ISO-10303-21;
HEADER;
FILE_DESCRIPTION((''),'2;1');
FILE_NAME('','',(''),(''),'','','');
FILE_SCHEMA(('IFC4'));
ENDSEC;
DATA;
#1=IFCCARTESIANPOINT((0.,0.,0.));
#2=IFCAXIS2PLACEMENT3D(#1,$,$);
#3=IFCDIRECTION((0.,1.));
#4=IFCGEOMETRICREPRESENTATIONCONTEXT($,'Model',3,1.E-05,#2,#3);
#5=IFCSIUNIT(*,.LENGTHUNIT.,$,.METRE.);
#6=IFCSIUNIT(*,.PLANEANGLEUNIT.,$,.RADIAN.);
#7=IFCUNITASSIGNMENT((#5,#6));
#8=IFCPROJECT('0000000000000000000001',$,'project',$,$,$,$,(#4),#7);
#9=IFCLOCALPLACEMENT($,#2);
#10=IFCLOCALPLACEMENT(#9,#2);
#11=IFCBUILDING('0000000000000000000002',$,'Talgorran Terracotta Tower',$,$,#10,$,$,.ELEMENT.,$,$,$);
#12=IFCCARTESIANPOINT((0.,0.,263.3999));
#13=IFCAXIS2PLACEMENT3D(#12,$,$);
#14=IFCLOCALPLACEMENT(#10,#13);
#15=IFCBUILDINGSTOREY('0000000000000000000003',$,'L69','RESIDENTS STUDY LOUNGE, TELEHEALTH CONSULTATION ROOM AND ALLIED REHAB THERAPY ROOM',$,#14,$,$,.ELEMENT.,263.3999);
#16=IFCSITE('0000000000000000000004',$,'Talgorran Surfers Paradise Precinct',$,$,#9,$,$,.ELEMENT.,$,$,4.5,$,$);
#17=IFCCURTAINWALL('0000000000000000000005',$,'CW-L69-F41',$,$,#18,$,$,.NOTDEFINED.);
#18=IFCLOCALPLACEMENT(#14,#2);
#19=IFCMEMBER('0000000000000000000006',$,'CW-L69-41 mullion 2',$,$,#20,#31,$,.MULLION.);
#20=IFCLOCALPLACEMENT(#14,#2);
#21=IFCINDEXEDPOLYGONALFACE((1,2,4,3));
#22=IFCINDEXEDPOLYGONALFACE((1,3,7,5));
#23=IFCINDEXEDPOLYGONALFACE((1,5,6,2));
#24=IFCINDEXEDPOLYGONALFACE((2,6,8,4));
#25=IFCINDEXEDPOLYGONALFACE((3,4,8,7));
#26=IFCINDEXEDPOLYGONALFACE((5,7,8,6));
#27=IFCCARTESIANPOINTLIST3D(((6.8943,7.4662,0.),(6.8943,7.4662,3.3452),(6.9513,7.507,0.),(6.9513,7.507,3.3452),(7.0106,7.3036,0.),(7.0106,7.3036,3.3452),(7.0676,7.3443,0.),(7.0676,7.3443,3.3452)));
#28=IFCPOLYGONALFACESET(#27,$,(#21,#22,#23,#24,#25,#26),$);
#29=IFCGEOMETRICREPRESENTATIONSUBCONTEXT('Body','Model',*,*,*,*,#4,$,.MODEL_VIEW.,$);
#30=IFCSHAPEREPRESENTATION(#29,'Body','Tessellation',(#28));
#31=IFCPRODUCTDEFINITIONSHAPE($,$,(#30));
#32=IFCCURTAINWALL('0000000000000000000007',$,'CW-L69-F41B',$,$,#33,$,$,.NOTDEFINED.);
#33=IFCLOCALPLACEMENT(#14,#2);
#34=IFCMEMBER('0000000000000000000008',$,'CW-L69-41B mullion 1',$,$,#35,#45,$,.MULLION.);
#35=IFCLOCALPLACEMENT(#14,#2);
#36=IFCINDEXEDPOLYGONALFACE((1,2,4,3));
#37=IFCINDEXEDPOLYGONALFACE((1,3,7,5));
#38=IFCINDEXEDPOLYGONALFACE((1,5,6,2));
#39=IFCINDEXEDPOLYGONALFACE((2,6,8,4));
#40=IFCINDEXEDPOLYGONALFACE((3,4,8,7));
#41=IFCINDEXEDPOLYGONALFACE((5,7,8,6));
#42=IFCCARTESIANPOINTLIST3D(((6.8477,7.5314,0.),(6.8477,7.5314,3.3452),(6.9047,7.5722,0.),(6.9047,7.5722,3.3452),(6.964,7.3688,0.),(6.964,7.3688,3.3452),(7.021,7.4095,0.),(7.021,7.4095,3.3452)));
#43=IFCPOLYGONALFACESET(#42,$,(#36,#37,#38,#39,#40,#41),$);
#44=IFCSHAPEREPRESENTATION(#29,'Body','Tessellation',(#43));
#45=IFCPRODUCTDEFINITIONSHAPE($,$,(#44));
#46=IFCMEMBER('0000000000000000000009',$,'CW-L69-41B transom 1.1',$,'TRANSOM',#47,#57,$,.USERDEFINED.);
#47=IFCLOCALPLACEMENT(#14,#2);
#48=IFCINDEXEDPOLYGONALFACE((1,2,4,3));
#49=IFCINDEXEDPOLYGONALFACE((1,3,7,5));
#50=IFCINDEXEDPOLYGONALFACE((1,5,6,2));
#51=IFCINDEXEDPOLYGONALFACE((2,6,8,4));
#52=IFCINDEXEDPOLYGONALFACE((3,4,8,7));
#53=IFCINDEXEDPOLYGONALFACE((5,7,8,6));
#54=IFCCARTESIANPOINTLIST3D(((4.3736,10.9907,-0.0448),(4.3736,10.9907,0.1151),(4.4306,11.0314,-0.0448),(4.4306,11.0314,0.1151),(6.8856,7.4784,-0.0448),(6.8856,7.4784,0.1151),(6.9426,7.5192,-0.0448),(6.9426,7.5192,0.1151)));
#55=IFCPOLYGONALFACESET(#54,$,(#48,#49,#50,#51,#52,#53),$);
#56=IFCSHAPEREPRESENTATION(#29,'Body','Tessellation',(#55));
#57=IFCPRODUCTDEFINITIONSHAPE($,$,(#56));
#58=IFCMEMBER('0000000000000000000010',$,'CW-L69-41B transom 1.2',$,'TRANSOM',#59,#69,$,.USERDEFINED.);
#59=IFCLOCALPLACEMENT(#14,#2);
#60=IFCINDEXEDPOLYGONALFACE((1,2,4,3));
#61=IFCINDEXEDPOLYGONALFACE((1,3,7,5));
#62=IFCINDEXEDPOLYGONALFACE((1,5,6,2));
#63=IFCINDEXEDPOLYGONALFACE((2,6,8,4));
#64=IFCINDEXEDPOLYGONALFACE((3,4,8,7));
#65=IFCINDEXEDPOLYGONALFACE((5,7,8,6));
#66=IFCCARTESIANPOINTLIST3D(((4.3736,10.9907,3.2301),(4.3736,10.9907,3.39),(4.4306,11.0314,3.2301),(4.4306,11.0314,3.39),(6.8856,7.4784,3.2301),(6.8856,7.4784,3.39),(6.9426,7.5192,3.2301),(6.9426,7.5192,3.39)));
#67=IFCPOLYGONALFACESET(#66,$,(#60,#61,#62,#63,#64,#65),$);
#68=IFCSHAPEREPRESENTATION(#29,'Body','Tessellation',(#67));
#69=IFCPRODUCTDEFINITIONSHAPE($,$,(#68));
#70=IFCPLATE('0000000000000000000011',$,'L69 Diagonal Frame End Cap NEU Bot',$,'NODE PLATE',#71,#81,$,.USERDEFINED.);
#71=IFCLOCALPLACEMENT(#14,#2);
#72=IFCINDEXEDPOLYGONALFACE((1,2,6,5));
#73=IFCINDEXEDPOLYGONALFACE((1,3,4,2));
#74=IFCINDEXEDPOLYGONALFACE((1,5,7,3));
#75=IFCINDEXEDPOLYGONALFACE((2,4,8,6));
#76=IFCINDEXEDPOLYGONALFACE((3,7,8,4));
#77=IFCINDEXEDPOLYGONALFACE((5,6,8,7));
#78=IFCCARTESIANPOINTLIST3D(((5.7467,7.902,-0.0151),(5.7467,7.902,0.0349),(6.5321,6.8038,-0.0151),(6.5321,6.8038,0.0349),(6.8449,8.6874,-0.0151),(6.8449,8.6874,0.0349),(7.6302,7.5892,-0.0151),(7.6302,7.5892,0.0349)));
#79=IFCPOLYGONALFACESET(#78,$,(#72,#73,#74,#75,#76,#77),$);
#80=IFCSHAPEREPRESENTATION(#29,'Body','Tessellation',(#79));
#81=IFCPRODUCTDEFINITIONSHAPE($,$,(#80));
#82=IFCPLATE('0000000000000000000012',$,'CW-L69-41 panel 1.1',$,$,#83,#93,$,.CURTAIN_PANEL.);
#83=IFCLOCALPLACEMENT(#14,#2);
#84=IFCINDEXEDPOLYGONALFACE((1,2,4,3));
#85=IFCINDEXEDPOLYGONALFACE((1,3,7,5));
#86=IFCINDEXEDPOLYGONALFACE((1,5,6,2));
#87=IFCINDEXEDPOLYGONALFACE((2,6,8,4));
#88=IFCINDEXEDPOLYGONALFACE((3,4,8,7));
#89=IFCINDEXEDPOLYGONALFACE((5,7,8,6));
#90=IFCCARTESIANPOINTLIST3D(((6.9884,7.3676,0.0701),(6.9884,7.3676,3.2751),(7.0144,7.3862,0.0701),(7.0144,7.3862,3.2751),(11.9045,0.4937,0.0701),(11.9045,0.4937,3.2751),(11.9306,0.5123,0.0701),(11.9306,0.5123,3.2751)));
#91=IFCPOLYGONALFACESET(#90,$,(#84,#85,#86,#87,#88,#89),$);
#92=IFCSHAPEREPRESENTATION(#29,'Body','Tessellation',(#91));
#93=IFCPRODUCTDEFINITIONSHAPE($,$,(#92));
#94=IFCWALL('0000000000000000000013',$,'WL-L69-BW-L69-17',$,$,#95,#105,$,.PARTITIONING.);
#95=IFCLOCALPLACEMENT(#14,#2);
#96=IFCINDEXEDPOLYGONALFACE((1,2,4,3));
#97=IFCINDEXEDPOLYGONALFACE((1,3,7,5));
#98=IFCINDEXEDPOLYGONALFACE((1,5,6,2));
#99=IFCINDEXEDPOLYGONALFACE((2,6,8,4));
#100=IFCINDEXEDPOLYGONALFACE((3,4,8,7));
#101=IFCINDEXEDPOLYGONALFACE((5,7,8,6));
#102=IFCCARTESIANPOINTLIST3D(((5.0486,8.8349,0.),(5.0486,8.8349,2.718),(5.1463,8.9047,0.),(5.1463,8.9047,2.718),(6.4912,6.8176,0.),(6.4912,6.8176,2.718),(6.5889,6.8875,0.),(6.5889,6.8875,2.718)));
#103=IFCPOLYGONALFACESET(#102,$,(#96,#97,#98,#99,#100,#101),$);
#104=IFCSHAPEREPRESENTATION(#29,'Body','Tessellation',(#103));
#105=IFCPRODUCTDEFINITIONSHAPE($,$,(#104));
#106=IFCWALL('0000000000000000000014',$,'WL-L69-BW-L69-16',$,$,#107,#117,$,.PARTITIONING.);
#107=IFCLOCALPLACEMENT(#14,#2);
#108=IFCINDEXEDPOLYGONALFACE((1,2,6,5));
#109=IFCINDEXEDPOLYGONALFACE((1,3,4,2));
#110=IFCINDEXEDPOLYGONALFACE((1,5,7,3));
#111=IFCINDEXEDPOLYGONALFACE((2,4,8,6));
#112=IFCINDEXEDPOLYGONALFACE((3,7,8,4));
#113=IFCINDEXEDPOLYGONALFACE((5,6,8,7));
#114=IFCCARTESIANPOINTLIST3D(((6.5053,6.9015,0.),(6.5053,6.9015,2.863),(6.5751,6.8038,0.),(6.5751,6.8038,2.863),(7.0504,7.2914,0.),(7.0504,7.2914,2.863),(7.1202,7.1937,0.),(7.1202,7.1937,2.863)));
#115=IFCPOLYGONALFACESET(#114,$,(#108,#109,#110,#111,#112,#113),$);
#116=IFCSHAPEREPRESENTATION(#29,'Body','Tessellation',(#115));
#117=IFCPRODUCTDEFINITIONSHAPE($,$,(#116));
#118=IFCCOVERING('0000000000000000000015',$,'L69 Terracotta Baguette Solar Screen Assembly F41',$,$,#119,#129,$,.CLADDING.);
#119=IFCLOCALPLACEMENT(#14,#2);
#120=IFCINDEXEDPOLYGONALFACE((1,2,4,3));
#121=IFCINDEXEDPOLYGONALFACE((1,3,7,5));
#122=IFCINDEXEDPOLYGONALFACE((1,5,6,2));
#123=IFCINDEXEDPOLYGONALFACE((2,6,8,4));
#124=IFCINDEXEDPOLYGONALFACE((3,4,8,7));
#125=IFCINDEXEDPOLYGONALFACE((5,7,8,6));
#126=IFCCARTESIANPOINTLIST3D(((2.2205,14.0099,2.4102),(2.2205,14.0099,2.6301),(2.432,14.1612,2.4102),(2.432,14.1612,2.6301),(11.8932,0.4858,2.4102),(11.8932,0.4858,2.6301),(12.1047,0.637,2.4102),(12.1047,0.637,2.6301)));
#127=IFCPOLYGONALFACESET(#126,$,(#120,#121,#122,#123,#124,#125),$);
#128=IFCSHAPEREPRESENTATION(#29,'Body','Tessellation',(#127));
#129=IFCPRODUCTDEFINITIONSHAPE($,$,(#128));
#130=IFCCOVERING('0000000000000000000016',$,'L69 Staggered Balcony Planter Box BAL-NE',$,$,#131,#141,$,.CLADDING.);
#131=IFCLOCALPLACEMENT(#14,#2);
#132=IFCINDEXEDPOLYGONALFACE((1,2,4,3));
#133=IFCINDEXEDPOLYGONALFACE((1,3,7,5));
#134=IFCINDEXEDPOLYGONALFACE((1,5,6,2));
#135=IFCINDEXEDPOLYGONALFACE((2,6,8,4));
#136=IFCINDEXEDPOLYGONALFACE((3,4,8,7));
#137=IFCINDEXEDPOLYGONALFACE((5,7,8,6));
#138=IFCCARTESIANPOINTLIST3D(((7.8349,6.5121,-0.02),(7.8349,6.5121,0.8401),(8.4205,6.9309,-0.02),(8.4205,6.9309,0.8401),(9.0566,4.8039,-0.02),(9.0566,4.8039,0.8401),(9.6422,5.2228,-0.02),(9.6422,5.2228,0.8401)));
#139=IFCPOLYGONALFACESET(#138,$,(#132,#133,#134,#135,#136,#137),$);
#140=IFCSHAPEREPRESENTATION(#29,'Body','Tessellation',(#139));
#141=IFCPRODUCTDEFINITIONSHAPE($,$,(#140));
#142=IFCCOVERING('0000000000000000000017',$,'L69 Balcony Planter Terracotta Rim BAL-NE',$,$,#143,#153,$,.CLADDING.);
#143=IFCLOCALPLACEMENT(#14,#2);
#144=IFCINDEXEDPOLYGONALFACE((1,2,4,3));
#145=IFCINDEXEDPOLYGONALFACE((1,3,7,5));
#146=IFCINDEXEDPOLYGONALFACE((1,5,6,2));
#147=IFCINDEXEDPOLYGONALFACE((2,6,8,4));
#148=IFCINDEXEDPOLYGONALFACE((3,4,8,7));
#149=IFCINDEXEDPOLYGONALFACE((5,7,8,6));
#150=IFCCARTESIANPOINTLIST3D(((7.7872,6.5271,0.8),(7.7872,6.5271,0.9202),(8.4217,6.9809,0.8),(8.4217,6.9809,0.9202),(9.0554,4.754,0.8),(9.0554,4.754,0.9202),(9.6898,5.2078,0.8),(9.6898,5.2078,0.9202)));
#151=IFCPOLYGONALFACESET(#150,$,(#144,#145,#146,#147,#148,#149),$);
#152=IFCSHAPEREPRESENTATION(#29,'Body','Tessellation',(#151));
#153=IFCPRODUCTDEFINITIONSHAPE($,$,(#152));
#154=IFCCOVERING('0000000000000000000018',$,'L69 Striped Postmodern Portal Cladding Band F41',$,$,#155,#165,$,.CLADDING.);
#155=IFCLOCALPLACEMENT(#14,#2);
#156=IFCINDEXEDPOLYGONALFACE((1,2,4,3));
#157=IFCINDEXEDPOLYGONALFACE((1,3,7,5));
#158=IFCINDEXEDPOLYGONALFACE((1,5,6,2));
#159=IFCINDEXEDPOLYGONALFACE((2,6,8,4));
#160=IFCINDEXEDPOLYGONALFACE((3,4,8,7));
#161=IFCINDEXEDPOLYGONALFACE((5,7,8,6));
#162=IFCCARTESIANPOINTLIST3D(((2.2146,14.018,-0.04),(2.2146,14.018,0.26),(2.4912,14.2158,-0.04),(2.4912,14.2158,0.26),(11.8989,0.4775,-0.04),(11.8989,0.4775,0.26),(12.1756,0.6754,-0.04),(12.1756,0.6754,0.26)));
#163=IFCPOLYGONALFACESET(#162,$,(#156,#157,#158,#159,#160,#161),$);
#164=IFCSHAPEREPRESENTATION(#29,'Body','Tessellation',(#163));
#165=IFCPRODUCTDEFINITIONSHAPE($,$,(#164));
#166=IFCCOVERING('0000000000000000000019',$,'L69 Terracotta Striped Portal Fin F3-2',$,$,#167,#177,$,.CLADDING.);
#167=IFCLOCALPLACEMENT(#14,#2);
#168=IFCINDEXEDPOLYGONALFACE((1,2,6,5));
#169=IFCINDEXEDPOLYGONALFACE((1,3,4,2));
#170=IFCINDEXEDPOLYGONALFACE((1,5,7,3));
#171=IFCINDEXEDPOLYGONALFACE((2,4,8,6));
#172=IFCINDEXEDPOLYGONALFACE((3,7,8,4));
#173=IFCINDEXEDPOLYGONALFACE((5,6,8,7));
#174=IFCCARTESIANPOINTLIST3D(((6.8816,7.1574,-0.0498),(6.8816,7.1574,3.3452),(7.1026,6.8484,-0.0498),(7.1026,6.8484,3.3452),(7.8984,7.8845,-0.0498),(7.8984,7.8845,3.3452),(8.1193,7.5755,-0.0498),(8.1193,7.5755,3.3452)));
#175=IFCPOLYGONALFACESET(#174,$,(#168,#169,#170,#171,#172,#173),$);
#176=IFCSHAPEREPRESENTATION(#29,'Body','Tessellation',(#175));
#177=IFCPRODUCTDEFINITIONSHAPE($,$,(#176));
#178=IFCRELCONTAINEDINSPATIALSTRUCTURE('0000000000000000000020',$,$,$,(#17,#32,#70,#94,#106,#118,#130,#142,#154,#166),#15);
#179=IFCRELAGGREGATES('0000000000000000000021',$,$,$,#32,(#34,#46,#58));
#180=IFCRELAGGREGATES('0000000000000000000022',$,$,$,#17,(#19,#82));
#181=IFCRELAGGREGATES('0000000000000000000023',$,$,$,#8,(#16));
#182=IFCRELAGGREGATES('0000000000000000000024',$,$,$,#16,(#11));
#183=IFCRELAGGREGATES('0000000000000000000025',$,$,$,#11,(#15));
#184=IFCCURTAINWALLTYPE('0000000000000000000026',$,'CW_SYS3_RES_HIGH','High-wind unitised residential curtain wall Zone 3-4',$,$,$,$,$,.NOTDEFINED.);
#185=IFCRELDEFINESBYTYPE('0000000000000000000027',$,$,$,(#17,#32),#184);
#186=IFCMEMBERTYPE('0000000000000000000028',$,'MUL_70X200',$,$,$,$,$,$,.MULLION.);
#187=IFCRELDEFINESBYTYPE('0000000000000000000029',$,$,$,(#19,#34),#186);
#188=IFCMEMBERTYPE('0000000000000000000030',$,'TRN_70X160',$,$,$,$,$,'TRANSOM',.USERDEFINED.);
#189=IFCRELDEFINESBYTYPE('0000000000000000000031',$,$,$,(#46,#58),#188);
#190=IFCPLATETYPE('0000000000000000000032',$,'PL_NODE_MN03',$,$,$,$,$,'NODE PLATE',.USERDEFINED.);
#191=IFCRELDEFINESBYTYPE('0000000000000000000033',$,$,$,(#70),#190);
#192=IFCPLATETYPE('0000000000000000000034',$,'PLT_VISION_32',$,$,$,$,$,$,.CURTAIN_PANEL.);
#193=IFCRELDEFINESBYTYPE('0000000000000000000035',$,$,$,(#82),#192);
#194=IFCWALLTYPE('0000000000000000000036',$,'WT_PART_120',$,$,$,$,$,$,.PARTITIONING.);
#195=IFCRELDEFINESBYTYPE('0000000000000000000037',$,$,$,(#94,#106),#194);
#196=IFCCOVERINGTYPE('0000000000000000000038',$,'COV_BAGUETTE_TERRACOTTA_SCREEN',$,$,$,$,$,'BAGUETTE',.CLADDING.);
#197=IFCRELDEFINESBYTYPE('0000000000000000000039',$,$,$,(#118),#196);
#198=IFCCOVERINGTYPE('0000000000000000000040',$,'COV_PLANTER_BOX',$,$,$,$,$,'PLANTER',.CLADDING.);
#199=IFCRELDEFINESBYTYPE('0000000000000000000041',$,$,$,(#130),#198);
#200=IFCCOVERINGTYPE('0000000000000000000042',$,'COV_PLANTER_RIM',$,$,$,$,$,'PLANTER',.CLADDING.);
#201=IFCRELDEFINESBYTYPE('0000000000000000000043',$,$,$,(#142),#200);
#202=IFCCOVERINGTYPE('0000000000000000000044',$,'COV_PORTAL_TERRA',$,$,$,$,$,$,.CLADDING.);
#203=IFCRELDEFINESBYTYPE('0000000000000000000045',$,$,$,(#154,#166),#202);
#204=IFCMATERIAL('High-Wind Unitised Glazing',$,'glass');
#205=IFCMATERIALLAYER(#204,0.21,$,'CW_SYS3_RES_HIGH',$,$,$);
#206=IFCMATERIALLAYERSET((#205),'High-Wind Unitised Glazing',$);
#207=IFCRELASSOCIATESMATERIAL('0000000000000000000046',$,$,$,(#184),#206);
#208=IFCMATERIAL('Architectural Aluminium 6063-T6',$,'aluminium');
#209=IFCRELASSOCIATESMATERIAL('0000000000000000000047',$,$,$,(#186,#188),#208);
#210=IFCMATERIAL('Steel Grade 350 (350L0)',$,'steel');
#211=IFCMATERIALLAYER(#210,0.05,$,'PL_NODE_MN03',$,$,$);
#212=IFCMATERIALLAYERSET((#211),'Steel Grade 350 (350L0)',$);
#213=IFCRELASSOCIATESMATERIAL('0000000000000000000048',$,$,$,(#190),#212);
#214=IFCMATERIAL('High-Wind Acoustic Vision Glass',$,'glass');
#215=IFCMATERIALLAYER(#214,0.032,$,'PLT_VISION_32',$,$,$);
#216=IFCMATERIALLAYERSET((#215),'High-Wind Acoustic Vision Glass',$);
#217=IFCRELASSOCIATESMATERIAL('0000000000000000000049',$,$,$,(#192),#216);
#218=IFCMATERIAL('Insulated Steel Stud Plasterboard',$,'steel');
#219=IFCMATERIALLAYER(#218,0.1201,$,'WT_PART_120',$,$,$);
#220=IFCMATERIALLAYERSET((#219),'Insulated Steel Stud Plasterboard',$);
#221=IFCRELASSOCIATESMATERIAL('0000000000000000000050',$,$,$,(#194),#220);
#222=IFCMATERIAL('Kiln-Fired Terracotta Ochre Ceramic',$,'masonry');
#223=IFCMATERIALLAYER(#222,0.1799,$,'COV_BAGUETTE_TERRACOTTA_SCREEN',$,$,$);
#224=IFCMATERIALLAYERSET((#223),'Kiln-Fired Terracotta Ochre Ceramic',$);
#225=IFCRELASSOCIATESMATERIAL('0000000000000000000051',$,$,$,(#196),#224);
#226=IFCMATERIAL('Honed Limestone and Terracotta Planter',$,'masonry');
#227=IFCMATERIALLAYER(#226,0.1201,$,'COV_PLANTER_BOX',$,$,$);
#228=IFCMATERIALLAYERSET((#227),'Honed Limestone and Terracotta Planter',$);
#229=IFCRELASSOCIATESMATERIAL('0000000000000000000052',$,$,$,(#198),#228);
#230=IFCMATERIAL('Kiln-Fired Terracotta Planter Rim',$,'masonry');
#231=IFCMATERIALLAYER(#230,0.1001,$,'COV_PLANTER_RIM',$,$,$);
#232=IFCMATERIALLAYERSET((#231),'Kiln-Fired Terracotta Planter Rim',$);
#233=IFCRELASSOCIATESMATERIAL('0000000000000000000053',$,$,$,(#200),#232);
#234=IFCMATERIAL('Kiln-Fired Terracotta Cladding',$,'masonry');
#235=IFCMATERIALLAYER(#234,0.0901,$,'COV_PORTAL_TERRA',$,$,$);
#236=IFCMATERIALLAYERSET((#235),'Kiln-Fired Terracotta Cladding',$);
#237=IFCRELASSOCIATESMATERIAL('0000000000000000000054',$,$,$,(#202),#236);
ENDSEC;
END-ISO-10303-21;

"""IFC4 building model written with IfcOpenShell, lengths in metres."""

from ifc_helpers import new_model, si_unit, direction, frame, frame_2d, origin, origin_2d, place, context, subcontext, project, spatial, rectangle, extrude, source, transform, mapped, material, layer, layer_set, material_profile, profile_set, type_object, type_shapes, element, aggregate, save


model = new_model("IFC4")

# Units and contexts
model_context = context("Model", 3, precision=1e-05, world=origin(), true_north=direction((0.0, 1.0)))
body_context = subcontext(model_context, "Body", "Model", "MODEL_VIEW")
ifc_project = project(units=[si_unit("LENGTHUNIT", "METRE"), si_unit("PLANEANGLEUNIT", "RADIAN")], contexts=[model_context])

# Site, building, storey
site_placement = place(None, origin())
site = spatial("IfcSite", under=ifc_project, at=site_placement, Name="Talgorran Surfers Paradise Precinct", CompositionType="ELEMENT", RefElevation=4.5)
building_placement = place(site_placement, origin())
building = spatial("IfcBuilding", under=site, at=building_placement, Name="Talgorran Terracotta Tower", CompositionType="ELEMENT")
storey_placement = place(building_placement, frame((0.0, 0.0, 263.3999)))
storey = spatial("IfcBuildingStorey", under=building, at=storey_placement, Name="L69", Description="RESIDENTS STUDY LOUNGE, TELEHEALTH CONSULTATION ROOM AND ALLIED REHAB THERAPY ROOM", CompositionType="ELEMENT", Elevation=263.3999)

# Shared definitions
ifc_material_1 = material(Name="Steel Grade 350 (350L0)", Category="steel")

# Curtain wall, member
ifc_material_2 = material(Name="High-Wind Unitised Glazing", Category="glass")
ifc_layer_1 = layer(ifc_material_2, 0.21, Name="CW_SYS3_RES_HIGH")
ifc_layer_set_1 = layer_set([ifc_layer_1], Name="High-Wind Unitised Glazing")
curtain_wall_type = type_object("IfcCurtainWallType", Name="CW_SYS3_RES_HIGH", Description="High-wind unitised residential curtain wall Zone 3-4", PredefinedType="NOTDEFINED", material=ifc_layer_set_1)
curtain_wall_1_placement = place(storey_placement, origin())
curtain_wall_1 = element("IfcCurtainWall", 1, at=curtain_wall_1_placement, inside=storey, type_object=curtain_wall_type, Name="CW-L69-F41", PredefinedType="NOTDEFINED")
ifc_material_3 = material(Name="Architectural Aluminium 6063-T6", Category="aluminium")
ifc_material_profile_1 = material_profile(ifc_material_3, rectangle(XDim=0.0701, YDim=0.2, at=origin_2d()), Name="CWM70X200")
ifc_profile_set_1 = profile_set([ifc_material_profile_1], Name="Architectural Aluminium 6063-T6")
member_type_1 = type_object("IfcMemberType", Name="MUL_70X200", PredefinedType="MULLION", material=ifc_profile_set_1)
member_1_placement = place(storey_placement, frame((6.981, 7.4053, 0.0), z_axis=(0.0, 0.0, 1.0), x_axis=(-0.813382, -0.58173, 0.0)))
member_1 = element("IfcMember", 2, at=member_1_placement, type_object=member_type_1, Name="CW-L69-41 mullion 2", PredefinedType="MULLION", context=body_context, shape_type="SweptSolid", body=[
    extrude(rectangle(XDim=0.0701, YDim=0.2, at=origin_2d()), origin(), (0.0, 0.0, 1.0), 3.3452),
])

# Curtain wall, members
curtain_wall_2_placement = place(storey_placement, origin())
curtain_wall_2 = element("IfcCurtainWall", 3, at=curtain_wall_2_placement, inside=storey, type_object=curtain_wall_type, Name="CW-L69-F41B", PredefinedType="NOTDEFINED")
member_2_placement = place(storey_placement, frame((6.9343, 7.4705, 0.0), z_axis=(0.0, 0.0, 1.0), x_axis=(-0.81337, -0.581747, 0.0)))
member_2 = element("IfcMember", 4, at=member_2_placement, type_object=member_type_1, Name="CW-L69-41B mullion 1", PredefinedType="MULLION", context=body_context, shape_type="SweptSolid", body=[
    extrude(rectangle(XDim=0.0701, YDim=0.2, at=origin_2d()), origin(), (0.0, 0.0, 1.0), 3.3452),
])
ifc_material_profile_2 = material_profile(ifc_material_3, rectangle(XDim=0.0701, YDim=0.1599, at=origin_2d()), Name="CWT70X160")
ifc_profile_set_2 = profile_set([ifc_material_profile_2], Name="Architectural Aluminium 6063-T6")
member_type_2 = type_object("IfcMemberType", Name="TRN_70X160", ElementType="TRANSOM", PredefinedType="USERDEFINED", material=ifc_profile_set_2)
member_3_placement = place(storey_placement, frame((6.9141, 7.4988, 0.0352), z_axis=(-0.581735, 0.813378, 0.0), x_axis=(-0.813378, -0.581735, 0.0)))
member_3 = element("IfcMember", 5, at=member_3_placement, type_object=member_type_2, Name="CW-L69-41B transom 1.1", ObjectType="TRANSOM", PredefinedType="USERDEFINED", context=body_context, shape_type="SweptSolid", body=[
    extrude(rectangle(XDim=0.0701, YDim=0.1599, at=origin_2d()), origin(), (0.0, 0.0, 1.0), 4.3181),
])
member_4_placement = place(storey_placement, frame((6.9141, 7.4988, 3.3101), z_axis=(-0.581735, 0.813378, 0.0), x_axis=(-0.813378, -0.581735, 0.0)))
member_4 = element("IfcMember", 6, at=member_4_placement, type_object=member_type_2, Name="CW-L69-41B transom 1.2", ObjectType="TRANSOM", PredefinedType="USERDEFINED", context=body_context, shape_type="SweptSolid", body=[
    extrude(rectangle(XDim=0.0701, YDim=0.1599, at=origin_2d()), origin(), (0.0, 0.0, 1.0), 4.3181),
])
aggregate(curtain_wall_2, [member_2, member_3, member_4])

# Plates
ifc_layer_2 = layer(ifc_material_1, 0.05, Name="PL_NODE_MN03")
ifc_layer_set_2 = layer_set([ifc_layer_2], Name="Steel Grade 350 (350L0)")
plate_type_1 = type_object("IfcPlateType", Name="PL_NODE_MN03", ElementType="NODE PLATE", PredefinedType="USERDEFINED", material=ifc_layer_set_2)
plate_1_placement = place(storey_placement, frame((6.6885, 7.7456, -0.0151), z_axis=(0.0, 0.0, 1.0), x_axis=(-0.581697, 0.813405, 0.0)))
element("IfcPlate", 7, at=plate_1_placement, inside=storey, type_object=plate_type_1, Name="L69 Diagonal Frame End Cap NEU Bot", ObjectType="NODE PLATE", PredefinedType="USERDEFINED", context=body_context, shape_type="SweptSolid", body=[
    extrude(rectangle(XDim=1.3501, YDim=1.3501, at=origin_2d()), origin(), (0.0, 0.0, 1.0), 0.05),
])
ifc_material_4 = material(Name="High-Wind Acoustic Vision Glass", Category="glass")
ifc_layer_3 = layer(ifc_material_4, 0.032, Name="PLT_VISION_32")
ifc_layer_set_3 = layer_set([ifc_layer_3], Name="High-Wind Acoustic Vision Glass")
plate_type_2 = type_object("IfcPlateType", Name="PLT_VISION_32", PredefinedType="CURTAIN_PANEL", material=ifc_layer_set_3)
shared_shape = source(origin(), body_context, "Body", "SweptSolid", [
    extrude(rectangle(XDim=8.4509, YDim=0.032, at=origin_2d()), origin(), (0.0, 0.0, 1.0), 3.2051),
])
type_shapes(plate_type_2, [shared_shape])
plate_2_placement = place(storey_placement, frame((9.4595, 3.9399, 0.0701), z_axis=(0.0, 0.0, 1.0), x_axis=(-0.58173, 0.813382, 0.0)))
plate_2 = element("IfcPlate", 8, at=plate_2_placement, type_object=plate_type_2, Name="CW-L69-41 panel 1.1", PredefinedType="CURTAIN_PANEL", context=body_context, shape_type="MappedRepresentation", body=[
    mapped(shared_shape, transform((0.0, 0.0, 0.0), scale=1.0)),
])
aggregate(curtain_wall_1, [member_1, plate_2])

# Walls
ifc_material_5 = material(Name="Insulated Steel Stud Plasterboard", Category="steel")
ifc_layer_4 = layer(ifc_material_5, 0.1201, Name="WT_PART_120")
ifc_layer_set_4 = layer_set([ifc_layer_4], Name="Insulated Steel Stud Plasterboard")
wall_type = type_object("IfcWallType", Name="WT_PART_120", PredefinedType="PARTITIONING", material=ifc_layer_set_4)
wall_1_placement = place(storey_placement, frame((6.54, 6.8525, 0.0), z_axis=(0.0, 0.0, 1.0), x_axis=(-0.581685, 0.813414, 0.0)))
element("IfcWall", 9, at=wall_1_placement, inside=storey, type_object=wall_type, Name="WL-L69-BW-L69-17", PredefinedType="PARTITIONING", context=body_context, shape_type="SweptSolid", body=[
    extrude(rectangle(XDim=2.48, YDim=0.1201, at=frame_2d((1.24, 0.0))), origin(), (0.0, 0.0, 1.0), 2.718),
])
wall_2_placement = place(storey_placement, frame((7.0852, 7.2424, 0.0), z_axis=(0.0, 0.0, 1.0), x_axis=(-0.813389, -0.58172, 0.0)))
element("IfcWall", 10, at=wall_2_placement, inside=storey, type_object=wall_type, Name="WL-L69-BW-L69-16", PredefinedType="PARTITIONING", context=body_context, shape_type="SweptSolid", body=[
    extrude(rectangle(XDim=0.6702, YDim=0.1201, at=frame_2d((0.335, 0.0))), origin(), (0.0, 0.0, 1.0), 2.863),
])

# Coverings
ifc_material_6 = material(Name="Kiln-Fired Terracotta Ochre Ceramic", Category="masonry")
ifc_layer_5 = layer(ifc_material_6, 0.1799, Name="COV_BAGUETTE_TERRACOTTA_SCREEN")
ifc_layer_set_5 = layer_set([ifc_layer_5], Name="Kiln-Fired Terracotta Ochre Ceramic")
covering_type_1 = type_object("IfcCoveringType", Name="COV_BAGUETTE_TERRACOTTA_SCREEN", ElementType="BAGUETTE", PredefinedType="CLADDING", material=ifc_layer_set_5)
covering_1_placement = place(storey_placement, frame((7.1626, 7.3235, 2.4102), z_axis=(0.0, 0.0, 1.0), x_axis=(-0.58174, 0.813375, 0.0)))
element("IfcCovering", 11, at=covering_1_placement, inside=storey, type_object=covering_type_1, Name="L69 Terracotta Baguette Solar Screen Assembly F41", PredefinedType="CLADDING", context=body_context, shape_type="SweptSolid", body=[
    extrude(rectangle(XDim=16.6272, YDim=0.26, at=origin_2d()), origin(), (0.0, 0.0, 1.0), 0.22),
])
ifc_material_7 = material(Name="Honed Limestone and Terracotta Planter", Category="masonry")
ifc_layer_6 = layer(ifc_material_7, 0.1201, Name="COV_PLANTER_BOX")
ifc_layer_set_6 = layer_set([ifc_layer_6], Name="Honed Limestone and Terracotta Planter")
covering_type_2 = type_object("IfcCoveringType", Name="COV_PLANTER_BOX", ElementType="PLANTER", PredefinedType="CLADDING", material=ifc_layer_set_6)
covering_2_placement = place(storey_placement, frame((8.7385, 5.8674, -0.02), z_axis=(0.0, 0.0, 1.0), x_axis=(-0.581726, 0.813385, 0.0)))
element("IfcCovering", 12, at=covering_2_placement, inside=storey, type_object=covering_type_2, Name="L69 Staggered Balcony Planter Box BAL-NE", PredefinedType="CLADDING", context=body_context, shape_type="SweptSolid", body=[
    extrude(rectangle(XDim=2.1001, YDim=0.72, at=origin_2d()), origin(), (0.0, 0.0, 1.0), 0.8601),
])
ifc_material_8 = material(Name="Kiln-Fired Terracotta Planter Rim", Category="masonry")
ifc_layer_7 = layer(ifc_material_8, 0.1001, Name="COV_PLANTER_RIM")
ifc_layer_set_7 = layer_set([ifc_layer_7], Name="Kiln-Fired Terracotta Planter Rim")
covering_type_3 = type_object("IfcCoveringType", Name="COV_PLANTER_RIM", ElementType="PLANTER", PredefinedType="CLADDING", material=ifc_layer_set_7)
covering_3_placement = place(storey_placement, frame((8.7385, 5.8674, 0.8), z_axis=(0.0, 0.0, 1.0), x_axis=(-0.581726, 0.813385, 0.0)))
element("IfcCovering", 13, at=covering_3_placement, inside=storey, type_object=covering_type_3, Name="L69 Balcony Planter Terracotta Rim BAL-NE", PredefinedType="CLADDING", context=body_context, shape_type="SweptSolid", body=[
    extrude(rectangle(XDim=2.1799, YDim=0.78, at=origin_2d()), origin(), (0.0, 0.0, 1.0), 0.1201),
])
ifc_material_9 = material(Name="Kiln-Fired Terracotta Cladding", Category="masonry")
ifc_layer_8 = layer(ifc_material_9, 0.0901, Name="COV_PORTAL_TERRA")
ifc_layer_set_8 = layer_set([ifc_layer_8], Name="Kiln-Fired Terracotta Cladding")
covering_type_4 = type_object("IfcCoveringType", Name="COV_PORTAL_TERRA", PredefinedType="CLADDING", material=ifc_layer_set_8)
covering_4_placement = place(storey_placement, frame((7.1951, 7.3467, -0.04), z_axis=(0.0, 0.0, 1.0), x_axis=(-0.58174, 0.813375, 0.0)))
element("IfcCovering", 14, at=covering_4_placement, inside=storey, type_object=covering_type_4, Name="L69 Striped Postmodern Portal Cladding Band F41", PredefinedType="CLADDING", context=body_context, shape_type="SweptSolid", body=[
    extrude(rectangle(XDim=16.6472, YDim=0.3401, at=origin_2d()), origin(), (0.0, 0.0, 1.0), 0.3),
])
covering_5_placement = place(storey_placement, frame((7.5005, 7.3665, -0.0498), z_axis=(0.0, 0.0, 1.0), x_axis=(-0.581726, 0.813385, 0.0)))
element("IfcCovering", 15, at=covering_5_placement, inside=storey, type_object=covering_type_4, Name="L69 Terracotta Striped Portal Fin F3-2", PredefinedType="CLADDING", context=body_context, shape_type="SweptSolid", body=[
    extrude(rectangle(XDim=0.3799, YDim=1.25, at=origin_2d()), origin(), (0.0, 0.0, 1.0), 3.395),
])

save(model, "model.ifc")
